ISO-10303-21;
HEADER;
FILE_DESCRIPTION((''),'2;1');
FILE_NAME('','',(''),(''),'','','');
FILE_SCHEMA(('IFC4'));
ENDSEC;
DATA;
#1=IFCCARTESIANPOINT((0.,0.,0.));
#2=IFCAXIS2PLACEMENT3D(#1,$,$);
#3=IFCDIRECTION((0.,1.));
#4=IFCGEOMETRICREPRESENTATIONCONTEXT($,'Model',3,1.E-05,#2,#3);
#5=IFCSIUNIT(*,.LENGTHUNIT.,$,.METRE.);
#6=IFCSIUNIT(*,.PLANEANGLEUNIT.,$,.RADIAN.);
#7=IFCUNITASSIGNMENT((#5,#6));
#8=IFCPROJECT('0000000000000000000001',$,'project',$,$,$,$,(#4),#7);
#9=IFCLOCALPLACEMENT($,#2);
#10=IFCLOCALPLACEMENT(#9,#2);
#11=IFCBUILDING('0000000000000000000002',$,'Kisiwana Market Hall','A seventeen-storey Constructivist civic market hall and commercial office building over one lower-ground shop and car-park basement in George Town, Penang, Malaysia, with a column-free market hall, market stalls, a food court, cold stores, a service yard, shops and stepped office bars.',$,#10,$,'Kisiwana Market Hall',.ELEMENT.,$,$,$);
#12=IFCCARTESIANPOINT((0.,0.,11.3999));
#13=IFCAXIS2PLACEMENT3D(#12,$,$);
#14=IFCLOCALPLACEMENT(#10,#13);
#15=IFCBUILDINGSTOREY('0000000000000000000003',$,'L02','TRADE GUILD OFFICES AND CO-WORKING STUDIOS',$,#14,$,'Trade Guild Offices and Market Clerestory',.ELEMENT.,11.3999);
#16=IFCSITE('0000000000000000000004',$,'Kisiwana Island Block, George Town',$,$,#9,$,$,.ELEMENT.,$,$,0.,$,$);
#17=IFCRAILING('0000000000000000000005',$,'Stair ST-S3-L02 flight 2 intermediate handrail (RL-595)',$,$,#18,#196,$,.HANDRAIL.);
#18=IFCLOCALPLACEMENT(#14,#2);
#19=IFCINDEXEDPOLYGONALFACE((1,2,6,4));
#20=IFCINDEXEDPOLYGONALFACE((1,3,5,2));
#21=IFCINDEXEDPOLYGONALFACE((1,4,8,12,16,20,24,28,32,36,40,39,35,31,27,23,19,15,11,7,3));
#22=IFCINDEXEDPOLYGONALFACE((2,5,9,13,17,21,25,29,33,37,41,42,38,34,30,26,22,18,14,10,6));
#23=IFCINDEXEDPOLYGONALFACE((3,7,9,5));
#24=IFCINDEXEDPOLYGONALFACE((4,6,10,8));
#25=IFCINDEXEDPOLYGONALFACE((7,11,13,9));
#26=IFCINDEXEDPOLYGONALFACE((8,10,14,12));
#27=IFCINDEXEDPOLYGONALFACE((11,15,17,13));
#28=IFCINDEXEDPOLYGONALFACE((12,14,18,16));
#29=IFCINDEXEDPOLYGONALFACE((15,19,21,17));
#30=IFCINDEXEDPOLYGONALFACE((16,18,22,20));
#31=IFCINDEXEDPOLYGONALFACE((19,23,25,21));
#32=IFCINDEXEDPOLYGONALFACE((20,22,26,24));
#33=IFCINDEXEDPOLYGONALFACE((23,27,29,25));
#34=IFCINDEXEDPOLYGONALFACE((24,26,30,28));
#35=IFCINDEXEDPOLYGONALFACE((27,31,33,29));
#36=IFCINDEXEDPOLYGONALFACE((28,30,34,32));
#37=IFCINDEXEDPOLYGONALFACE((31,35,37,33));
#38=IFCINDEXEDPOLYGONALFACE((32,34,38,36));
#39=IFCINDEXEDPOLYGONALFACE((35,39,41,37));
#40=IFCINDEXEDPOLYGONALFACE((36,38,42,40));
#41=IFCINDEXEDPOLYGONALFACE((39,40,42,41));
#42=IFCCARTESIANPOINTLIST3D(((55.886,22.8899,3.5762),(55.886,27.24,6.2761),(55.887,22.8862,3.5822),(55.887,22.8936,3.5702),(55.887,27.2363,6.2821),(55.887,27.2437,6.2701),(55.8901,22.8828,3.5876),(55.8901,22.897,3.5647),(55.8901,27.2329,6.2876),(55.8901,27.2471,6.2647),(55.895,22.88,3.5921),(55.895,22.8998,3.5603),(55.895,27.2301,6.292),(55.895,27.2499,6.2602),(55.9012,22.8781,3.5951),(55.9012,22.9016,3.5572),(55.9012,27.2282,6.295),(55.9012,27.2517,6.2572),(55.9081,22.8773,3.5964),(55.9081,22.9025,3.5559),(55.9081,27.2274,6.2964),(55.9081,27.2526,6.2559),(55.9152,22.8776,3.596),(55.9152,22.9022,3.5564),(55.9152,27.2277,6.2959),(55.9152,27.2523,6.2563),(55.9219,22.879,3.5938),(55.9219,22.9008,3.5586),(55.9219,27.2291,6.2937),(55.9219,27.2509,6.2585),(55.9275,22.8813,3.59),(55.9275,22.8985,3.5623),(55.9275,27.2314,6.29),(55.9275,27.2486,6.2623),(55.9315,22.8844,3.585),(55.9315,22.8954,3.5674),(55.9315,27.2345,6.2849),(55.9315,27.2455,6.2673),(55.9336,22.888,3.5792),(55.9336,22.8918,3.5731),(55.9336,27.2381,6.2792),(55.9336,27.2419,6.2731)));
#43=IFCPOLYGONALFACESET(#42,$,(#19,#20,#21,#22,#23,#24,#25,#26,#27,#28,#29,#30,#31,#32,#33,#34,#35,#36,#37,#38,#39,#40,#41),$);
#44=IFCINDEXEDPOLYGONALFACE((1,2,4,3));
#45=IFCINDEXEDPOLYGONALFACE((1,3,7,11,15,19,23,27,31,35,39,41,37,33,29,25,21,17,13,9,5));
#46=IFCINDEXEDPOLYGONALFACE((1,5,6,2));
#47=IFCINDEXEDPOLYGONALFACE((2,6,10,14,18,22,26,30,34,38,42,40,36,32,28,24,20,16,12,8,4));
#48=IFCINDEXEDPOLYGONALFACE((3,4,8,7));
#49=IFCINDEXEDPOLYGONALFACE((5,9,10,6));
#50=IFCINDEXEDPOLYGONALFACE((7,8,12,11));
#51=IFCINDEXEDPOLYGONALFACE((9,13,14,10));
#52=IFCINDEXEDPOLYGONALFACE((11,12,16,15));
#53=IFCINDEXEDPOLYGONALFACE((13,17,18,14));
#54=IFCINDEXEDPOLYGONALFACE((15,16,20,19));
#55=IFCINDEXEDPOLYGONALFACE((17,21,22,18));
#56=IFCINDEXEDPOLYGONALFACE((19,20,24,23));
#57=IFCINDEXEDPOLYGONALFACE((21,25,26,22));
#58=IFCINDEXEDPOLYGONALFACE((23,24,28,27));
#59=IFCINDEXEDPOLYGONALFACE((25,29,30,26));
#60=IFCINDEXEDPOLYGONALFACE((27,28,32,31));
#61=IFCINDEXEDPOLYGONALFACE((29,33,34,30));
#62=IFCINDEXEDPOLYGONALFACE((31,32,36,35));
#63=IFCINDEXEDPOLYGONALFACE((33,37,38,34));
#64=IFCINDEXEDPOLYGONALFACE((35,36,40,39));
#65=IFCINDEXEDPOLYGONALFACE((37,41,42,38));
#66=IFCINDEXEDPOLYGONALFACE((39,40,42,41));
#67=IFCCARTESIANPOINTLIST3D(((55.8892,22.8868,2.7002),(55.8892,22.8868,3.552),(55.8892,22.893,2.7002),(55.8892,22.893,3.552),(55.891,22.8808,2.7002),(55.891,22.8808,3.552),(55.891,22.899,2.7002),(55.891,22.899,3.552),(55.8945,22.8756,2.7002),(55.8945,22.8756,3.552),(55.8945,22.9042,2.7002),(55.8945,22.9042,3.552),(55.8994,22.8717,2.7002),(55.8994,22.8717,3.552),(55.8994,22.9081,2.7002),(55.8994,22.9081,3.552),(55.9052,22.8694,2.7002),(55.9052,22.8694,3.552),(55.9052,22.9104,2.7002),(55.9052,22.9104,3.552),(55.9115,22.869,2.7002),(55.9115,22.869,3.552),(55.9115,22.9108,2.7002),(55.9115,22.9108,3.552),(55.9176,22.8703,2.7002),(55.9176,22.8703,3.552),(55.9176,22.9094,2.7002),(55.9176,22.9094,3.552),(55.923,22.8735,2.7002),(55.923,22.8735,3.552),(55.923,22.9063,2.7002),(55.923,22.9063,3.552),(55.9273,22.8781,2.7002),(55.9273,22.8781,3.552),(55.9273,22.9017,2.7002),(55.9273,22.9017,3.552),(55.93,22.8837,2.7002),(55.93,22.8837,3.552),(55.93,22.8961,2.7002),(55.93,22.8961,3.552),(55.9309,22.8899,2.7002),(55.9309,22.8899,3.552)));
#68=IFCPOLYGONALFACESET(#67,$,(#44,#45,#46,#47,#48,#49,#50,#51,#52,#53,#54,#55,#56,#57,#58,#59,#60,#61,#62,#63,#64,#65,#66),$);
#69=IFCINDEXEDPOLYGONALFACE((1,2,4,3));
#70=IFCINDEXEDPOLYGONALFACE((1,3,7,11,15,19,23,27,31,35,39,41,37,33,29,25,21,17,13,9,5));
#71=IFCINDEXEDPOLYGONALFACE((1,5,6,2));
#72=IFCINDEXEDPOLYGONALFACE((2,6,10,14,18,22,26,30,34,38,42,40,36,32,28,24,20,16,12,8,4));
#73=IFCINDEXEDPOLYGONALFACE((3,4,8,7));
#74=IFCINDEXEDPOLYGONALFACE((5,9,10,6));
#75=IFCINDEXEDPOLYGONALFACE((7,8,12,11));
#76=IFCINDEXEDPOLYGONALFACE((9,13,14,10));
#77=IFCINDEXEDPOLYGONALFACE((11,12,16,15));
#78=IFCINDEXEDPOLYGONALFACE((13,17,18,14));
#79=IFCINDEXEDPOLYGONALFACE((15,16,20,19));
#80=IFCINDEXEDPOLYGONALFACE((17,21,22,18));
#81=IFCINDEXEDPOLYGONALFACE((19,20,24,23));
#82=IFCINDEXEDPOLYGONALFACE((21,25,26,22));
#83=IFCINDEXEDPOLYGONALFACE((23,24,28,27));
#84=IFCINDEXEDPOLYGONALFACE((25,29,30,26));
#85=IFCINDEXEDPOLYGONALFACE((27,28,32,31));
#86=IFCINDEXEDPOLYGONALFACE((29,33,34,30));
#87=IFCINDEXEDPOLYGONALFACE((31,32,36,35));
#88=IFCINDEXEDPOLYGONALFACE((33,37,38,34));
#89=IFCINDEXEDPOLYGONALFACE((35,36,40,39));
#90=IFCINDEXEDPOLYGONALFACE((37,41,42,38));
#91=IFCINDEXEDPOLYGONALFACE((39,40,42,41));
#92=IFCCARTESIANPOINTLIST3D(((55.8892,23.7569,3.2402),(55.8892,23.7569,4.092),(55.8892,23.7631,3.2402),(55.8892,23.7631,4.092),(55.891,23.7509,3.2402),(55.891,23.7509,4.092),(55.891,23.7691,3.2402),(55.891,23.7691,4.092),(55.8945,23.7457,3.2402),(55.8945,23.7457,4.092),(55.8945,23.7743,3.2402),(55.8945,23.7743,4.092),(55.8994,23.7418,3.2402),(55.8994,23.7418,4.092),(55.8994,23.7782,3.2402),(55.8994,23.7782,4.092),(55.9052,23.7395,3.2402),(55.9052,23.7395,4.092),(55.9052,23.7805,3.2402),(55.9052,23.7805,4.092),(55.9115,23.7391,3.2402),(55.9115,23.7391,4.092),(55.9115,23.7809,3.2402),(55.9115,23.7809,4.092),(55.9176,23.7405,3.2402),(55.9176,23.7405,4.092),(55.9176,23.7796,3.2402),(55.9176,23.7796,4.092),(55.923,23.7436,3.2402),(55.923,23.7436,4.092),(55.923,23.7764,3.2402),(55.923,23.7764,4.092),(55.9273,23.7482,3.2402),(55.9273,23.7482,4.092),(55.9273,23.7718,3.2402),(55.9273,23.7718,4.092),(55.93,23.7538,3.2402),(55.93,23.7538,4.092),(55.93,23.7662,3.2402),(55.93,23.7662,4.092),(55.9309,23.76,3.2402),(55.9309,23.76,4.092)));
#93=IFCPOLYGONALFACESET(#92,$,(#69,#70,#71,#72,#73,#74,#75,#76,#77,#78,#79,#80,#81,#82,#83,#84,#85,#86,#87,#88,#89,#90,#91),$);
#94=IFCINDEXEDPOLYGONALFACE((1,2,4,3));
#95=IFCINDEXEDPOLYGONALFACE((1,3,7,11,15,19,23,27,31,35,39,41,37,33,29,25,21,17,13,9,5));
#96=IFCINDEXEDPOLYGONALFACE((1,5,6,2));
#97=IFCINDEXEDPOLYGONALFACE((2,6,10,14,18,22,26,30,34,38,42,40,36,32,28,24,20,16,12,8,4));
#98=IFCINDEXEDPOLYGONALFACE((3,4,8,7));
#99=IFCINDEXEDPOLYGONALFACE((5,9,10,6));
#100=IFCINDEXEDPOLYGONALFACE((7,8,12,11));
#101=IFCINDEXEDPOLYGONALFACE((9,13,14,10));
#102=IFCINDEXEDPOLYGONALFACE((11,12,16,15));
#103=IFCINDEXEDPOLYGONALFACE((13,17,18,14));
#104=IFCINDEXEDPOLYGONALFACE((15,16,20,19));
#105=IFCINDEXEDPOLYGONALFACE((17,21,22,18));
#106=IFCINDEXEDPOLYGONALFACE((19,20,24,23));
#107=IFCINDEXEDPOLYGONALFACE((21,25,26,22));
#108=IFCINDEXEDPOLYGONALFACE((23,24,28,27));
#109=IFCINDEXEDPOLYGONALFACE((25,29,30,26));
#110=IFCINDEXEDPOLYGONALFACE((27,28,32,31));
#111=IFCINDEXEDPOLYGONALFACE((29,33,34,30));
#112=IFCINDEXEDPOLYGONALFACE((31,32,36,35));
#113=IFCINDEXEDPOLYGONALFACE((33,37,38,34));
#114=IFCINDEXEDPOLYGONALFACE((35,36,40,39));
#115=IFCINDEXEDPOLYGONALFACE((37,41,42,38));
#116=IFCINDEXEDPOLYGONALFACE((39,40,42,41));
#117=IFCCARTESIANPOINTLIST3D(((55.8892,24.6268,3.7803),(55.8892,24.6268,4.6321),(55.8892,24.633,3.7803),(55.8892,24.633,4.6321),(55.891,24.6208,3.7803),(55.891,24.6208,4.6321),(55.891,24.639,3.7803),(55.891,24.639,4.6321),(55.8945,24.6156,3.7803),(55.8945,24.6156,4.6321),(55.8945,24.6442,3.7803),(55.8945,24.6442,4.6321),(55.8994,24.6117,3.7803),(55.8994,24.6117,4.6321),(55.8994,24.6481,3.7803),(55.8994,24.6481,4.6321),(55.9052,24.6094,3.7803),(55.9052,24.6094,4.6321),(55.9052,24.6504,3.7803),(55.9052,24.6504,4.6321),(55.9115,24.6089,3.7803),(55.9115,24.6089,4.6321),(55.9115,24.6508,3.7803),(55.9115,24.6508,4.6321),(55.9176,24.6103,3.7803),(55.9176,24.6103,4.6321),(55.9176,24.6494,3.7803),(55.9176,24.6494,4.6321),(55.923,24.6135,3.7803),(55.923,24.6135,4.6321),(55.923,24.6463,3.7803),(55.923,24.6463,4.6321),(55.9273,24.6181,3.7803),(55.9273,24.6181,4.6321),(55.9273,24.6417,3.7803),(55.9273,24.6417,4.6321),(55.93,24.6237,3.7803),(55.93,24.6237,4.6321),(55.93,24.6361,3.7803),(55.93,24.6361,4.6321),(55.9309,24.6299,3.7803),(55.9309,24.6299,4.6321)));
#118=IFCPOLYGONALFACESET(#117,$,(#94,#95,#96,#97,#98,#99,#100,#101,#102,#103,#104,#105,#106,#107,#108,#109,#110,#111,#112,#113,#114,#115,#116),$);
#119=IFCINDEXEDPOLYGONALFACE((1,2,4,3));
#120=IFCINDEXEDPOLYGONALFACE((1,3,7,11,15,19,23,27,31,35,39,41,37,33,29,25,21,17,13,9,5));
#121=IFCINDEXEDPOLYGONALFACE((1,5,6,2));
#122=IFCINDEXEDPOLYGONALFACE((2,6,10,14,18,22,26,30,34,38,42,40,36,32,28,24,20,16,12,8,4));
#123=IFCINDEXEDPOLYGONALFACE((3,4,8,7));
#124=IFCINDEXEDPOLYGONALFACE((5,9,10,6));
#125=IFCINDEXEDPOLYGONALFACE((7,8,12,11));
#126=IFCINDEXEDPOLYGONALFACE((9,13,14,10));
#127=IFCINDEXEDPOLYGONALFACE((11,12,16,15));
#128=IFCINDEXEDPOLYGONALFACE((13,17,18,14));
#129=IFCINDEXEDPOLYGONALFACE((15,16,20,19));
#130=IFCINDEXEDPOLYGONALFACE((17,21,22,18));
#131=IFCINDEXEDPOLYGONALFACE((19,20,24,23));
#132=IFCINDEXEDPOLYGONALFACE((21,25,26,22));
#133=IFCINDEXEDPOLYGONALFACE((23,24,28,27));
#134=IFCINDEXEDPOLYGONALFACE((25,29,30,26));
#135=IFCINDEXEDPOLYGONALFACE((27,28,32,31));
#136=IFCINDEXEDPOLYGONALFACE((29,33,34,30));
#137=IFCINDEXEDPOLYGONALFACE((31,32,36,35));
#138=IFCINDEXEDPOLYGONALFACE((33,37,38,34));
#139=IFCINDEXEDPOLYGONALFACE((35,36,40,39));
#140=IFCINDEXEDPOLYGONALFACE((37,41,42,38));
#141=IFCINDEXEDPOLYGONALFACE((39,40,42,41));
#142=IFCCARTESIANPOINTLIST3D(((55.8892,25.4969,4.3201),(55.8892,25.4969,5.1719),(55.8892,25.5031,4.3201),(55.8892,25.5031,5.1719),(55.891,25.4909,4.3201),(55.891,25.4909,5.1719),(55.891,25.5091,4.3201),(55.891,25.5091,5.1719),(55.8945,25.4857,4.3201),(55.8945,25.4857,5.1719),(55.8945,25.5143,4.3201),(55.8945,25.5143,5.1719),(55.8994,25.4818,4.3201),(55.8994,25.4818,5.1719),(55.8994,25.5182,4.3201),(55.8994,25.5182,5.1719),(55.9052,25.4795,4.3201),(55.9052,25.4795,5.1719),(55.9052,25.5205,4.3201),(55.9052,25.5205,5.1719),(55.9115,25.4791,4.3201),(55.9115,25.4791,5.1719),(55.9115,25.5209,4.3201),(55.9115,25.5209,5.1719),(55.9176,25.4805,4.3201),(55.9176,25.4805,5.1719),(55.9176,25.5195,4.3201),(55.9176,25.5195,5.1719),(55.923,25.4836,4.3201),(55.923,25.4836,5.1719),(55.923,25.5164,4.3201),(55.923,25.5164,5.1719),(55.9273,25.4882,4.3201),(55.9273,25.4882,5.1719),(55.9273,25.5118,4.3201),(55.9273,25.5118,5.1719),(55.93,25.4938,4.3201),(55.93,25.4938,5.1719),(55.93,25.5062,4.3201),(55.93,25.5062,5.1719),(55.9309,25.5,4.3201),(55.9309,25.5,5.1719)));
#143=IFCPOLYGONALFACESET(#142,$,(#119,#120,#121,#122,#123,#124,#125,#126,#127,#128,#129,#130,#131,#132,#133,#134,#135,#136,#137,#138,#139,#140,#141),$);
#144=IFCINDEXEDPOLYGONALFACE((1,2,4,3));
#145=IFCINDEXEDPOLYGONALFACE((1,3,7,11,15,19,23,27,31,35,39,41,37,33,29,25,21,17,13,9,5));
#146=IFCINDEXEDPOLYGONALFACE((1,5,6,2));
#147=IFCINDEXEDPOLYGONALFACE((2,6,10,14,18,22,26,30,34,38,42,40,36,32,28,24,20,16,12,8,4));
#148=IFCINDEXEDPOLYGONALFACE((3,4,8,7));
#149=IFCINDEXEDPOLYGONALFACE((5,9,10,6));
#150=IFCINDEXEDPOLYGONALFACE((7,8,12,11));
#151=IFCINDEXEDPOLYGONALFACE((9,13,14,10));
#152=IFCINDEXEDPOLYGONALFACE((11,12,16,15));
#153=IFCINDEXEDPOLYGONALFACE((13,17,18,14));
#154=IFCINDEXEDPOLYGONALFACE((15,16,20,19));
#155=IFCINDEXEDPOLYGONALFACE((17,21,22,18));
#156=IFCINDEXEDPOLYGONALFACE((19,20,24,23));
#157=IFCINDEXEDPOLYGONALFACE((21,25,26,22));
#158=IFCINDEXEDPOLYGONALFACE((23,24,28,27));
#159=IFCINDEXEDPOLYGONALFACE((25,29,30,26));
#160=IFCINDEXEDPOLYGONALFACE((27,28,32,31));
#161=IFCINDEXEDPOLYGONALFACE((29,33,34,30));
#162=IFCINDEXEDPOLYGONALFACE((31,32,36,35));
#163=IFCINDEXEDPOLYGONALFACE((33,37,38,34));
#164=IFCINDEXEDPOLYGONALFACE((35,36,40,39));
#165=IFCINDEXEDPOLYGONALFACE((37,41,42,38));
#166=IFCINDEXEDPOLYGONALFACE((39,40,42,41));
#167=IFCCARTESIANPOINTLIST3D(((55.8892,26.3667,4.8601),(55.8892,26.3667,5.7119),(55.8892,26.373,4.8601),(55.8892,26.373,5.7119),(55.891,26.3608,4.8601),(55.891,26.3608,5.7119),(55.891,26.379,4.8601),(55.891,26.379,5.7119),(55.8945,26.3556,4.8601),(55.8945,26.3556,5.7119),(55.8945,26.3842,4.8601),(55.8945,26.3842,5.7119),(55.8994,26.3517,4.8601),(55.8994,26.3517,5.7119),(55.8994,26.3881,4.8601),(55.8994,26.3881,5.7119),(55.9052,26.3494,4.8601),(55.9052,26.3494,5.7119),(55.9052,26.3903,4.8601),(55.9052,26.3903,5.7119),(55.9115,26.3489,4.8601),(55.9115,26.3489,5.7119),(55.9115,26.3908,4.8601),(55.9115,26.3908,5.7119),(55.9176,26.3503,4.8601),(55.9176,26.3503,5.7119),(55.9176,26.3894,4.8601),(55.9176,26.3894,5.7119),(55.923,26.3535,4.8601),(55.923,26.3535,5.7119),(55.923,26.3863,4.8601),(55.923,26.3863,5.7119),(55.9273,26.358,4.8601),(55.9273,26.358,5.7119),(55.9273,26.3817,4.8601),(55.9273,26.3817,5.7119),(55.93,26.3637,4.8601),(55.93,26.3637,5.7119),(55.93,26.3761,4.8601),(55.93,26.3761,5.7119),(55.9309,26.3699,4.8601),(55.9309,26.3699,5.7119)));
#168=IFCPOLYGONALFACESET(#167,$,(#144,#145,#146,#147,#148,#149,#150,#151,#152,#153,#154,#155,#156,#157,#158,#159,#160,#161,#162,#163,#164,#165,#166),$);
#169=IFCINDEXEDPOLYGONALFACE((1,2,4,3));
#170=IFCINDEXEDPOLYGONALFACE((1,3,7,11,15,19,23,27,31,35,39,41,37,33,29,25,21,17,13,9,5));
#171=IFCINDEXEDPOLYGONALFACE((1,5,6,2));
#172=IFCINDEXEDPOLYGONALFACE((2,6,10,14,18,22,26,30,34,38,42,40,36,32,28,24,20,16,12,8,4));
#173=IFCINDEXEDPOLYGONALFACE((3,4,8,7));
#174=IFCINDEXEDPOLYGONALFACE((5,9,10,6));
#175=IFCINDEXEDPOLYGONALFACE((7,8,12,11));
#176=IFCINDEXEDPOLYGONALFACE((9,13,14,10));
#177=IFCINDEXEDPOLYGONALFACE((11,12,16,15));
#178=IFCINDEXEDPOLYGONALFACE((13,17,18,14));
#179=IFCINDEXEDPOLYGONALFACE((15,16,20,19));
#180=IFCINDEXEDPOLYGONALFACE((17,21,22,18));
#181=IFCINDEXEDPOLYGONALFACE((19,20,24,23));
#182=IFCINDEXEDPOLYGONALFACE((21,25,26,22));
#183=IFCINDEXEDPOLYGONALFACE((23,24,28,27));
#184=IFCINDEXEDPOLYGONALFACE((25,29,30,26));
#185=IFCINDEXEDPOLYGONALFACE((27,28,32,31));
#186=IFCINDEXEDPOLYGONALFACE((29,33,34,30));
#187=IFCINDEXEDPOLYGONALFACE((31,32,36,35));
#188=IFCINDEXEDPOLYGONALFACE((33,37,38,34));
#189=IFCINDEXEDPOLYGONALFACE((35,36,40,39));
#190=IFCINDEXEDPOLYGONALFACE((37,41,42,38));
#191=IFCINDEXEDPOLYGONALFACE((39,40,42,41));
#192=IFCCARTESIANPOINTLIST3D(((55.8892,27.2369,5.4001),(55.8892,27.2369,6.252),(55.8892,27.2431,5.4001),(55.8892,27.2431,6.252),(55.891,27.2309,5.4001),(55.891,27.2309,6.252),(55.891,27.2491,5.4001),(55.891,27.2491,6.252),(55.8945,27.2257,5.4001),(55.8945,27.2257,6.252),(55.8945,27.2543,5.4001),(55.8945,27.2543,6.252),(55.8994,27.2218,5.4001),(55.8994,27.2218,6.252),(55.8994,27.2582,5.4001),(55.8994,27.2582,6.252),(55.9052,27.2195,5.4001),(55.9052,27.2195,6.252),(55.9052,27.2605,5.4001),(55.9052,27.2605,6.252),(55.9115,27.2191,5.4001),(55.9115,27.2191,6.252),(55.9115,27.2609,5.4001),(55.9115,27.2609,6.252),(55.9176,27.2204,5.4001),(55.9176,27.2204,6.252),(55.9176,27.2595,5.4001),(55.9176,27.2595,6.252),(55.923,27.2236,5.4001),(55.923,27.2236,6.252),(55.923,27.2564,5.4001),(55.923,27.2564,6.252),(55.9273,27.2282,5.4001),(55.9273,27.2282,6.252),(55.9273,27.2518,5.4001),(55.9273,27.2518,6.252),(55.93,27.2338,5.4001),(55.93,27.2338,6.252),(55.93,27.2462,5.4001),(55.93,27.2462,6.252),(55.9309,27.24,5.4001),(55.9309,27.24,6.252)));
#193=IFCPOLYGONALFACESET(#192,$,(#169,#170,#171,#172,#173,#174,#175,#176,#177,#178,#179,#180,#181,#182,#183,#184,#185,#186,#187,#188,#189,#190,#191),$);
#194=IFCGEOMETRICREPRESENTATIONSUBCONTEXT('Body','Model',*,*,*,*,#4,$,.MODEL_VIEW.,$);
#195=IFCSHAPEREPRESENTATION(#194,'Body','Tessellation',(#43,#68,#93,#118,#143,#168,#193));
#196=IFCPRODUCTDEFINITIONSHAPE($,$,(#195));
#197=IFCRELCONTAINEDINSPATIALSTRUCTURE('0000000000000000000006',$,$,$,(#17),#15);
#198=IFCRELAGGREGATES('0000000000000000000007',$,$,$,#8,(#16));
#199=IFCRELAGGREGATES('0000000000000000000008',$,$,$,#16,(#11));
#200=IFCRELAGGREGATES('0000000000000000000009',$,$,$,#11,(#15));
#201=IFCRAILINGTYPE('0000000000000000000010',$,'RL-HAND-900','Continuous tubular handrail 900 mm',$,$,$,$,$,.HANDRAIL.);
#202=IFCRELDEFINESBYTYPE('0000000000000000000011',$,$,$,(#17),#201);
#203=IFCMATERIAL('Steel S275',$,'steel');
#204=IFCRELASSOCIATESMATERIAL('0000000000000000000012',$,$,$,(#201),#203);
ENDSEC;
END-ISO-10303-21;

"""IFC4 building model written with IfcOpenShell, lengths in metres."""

from ifc_helpers import new_model, si_unit, direction, frame, origin, origin_2d, place, context, subcontext, project, spatial, circle, extrude, material, type_object, element, save


model = new_model("IFC4")

# Units and contexts
model_context = context("Model", 3, precision=1e-05, world=origin(), true_north=direction((0.0, 1.0)))
body_context = subcontext(model_context, "Body", "Model", "MODEL_VIEW")
ifc_project = project(units=[si_unit("LENGTHUNIT", "METRE"), si_unit("PLANEANGLEUNIT", "RADIAN")], contexts=[model_context])

# Site, building, storey
site_placement = place(None, origin())
site = spatial("IfcSite", under=ifc_project, at=site_placement, Name="Kisiwana Island Block, George Town", CompositionType="ELEMENT", RefElevation=0.0)
building_placement = place(site_placement, origin())
building = spatial("IfcBuilding", under=site, at=building_placement, Name="Kisiwana Market Hall", Description="A seventeen-storey Constructivist civic market hall and commercial office building over one lower-ground shop and car-park basement in George Town, Penang, Malaysia, with a column-free market hall, market stalls, a food court, cold stores, a service yard, shops and stepped office bars.", LongName="Kisiwana Market Hall", CompositionType="ELEMENT")
storey_placement = place(building_placement, frame((0.0, 0.0, 11.3999)))
storey = spatial("IfcBuildingStorey", under=building, at=storey_placement, Name="L02", Description="TRADE GUILD OFFICES AND CO-WORKING STUDIOS", LongName="Trade Guild Offices and Market Clerestory", CompositionType="ELEMENT", Elevation=11.3999)

# Railing
ifc_material_1 = material(Name="Steel S275", Category="steel")
railing_type_1 = type_object("IfcRailingType", Name="RL-HAND-900", Description="Continuous tubular handrail 900 mm", PredefinedType="HANDRAIL", material=ifc_material_1)
railing_1_placement = place(storey_placement, frame((55.9099, 22.8899, 2.7002)))
element("IfcRailing", 1, at=railing_1_placement, inside=storey, type_object=railing_type_1, Name="Stair ST-S3-L02 flight 2 intermediate handrail (RL-595)", PredefinedType="HANDRAIL", context=body_context, shape_type="SweptSolid", body=[
    extrude(circle(Radius=0.0239, at=origin_2d()), frame((0.0, 0.0, 0.876), z_axis=(0.0, 0.84965, 0.527347), x_axis=(-1.0, 0.0, 0.0)), (0.0, 0.0, 1.0), 5.1199),
    extrude(circle(Radius=0.021, at=origin_2d()), origin(), (0.0, 0.0, 1.0), 0.8518),
    extrude(circle(Radius=0.021, at=origin_2d()), frame((0.0, 0.8701, 0.54)), (0.0, 0.0, 1.0), 0.8518),
    extrude(circle(Radius=0.021, at=origin_2d()), frame((0.0, 1.74, 1.0801)), (0.0, 0.0, 1.0), 0.8518),
    extrude(circle(Radius=0.021, at=origin_2d()), frame((0.0, 2.6101, 1.6199)), (0.0, 0.0, 1.0), 0.8518),
    extrude(circle(Radius=0.021, at=origin_2d()), frame((0.0, 3.48, 2.1599)), (0.0, 0.0, 1.0), 0.8518),
    extrude(circle(Radius=0.021, at=origin_2d()), frame((0.0, 4.3501, 2.7)), (0.0, 0.0, 1.0), 0.8518),
])

save(model, "model.ifc")
